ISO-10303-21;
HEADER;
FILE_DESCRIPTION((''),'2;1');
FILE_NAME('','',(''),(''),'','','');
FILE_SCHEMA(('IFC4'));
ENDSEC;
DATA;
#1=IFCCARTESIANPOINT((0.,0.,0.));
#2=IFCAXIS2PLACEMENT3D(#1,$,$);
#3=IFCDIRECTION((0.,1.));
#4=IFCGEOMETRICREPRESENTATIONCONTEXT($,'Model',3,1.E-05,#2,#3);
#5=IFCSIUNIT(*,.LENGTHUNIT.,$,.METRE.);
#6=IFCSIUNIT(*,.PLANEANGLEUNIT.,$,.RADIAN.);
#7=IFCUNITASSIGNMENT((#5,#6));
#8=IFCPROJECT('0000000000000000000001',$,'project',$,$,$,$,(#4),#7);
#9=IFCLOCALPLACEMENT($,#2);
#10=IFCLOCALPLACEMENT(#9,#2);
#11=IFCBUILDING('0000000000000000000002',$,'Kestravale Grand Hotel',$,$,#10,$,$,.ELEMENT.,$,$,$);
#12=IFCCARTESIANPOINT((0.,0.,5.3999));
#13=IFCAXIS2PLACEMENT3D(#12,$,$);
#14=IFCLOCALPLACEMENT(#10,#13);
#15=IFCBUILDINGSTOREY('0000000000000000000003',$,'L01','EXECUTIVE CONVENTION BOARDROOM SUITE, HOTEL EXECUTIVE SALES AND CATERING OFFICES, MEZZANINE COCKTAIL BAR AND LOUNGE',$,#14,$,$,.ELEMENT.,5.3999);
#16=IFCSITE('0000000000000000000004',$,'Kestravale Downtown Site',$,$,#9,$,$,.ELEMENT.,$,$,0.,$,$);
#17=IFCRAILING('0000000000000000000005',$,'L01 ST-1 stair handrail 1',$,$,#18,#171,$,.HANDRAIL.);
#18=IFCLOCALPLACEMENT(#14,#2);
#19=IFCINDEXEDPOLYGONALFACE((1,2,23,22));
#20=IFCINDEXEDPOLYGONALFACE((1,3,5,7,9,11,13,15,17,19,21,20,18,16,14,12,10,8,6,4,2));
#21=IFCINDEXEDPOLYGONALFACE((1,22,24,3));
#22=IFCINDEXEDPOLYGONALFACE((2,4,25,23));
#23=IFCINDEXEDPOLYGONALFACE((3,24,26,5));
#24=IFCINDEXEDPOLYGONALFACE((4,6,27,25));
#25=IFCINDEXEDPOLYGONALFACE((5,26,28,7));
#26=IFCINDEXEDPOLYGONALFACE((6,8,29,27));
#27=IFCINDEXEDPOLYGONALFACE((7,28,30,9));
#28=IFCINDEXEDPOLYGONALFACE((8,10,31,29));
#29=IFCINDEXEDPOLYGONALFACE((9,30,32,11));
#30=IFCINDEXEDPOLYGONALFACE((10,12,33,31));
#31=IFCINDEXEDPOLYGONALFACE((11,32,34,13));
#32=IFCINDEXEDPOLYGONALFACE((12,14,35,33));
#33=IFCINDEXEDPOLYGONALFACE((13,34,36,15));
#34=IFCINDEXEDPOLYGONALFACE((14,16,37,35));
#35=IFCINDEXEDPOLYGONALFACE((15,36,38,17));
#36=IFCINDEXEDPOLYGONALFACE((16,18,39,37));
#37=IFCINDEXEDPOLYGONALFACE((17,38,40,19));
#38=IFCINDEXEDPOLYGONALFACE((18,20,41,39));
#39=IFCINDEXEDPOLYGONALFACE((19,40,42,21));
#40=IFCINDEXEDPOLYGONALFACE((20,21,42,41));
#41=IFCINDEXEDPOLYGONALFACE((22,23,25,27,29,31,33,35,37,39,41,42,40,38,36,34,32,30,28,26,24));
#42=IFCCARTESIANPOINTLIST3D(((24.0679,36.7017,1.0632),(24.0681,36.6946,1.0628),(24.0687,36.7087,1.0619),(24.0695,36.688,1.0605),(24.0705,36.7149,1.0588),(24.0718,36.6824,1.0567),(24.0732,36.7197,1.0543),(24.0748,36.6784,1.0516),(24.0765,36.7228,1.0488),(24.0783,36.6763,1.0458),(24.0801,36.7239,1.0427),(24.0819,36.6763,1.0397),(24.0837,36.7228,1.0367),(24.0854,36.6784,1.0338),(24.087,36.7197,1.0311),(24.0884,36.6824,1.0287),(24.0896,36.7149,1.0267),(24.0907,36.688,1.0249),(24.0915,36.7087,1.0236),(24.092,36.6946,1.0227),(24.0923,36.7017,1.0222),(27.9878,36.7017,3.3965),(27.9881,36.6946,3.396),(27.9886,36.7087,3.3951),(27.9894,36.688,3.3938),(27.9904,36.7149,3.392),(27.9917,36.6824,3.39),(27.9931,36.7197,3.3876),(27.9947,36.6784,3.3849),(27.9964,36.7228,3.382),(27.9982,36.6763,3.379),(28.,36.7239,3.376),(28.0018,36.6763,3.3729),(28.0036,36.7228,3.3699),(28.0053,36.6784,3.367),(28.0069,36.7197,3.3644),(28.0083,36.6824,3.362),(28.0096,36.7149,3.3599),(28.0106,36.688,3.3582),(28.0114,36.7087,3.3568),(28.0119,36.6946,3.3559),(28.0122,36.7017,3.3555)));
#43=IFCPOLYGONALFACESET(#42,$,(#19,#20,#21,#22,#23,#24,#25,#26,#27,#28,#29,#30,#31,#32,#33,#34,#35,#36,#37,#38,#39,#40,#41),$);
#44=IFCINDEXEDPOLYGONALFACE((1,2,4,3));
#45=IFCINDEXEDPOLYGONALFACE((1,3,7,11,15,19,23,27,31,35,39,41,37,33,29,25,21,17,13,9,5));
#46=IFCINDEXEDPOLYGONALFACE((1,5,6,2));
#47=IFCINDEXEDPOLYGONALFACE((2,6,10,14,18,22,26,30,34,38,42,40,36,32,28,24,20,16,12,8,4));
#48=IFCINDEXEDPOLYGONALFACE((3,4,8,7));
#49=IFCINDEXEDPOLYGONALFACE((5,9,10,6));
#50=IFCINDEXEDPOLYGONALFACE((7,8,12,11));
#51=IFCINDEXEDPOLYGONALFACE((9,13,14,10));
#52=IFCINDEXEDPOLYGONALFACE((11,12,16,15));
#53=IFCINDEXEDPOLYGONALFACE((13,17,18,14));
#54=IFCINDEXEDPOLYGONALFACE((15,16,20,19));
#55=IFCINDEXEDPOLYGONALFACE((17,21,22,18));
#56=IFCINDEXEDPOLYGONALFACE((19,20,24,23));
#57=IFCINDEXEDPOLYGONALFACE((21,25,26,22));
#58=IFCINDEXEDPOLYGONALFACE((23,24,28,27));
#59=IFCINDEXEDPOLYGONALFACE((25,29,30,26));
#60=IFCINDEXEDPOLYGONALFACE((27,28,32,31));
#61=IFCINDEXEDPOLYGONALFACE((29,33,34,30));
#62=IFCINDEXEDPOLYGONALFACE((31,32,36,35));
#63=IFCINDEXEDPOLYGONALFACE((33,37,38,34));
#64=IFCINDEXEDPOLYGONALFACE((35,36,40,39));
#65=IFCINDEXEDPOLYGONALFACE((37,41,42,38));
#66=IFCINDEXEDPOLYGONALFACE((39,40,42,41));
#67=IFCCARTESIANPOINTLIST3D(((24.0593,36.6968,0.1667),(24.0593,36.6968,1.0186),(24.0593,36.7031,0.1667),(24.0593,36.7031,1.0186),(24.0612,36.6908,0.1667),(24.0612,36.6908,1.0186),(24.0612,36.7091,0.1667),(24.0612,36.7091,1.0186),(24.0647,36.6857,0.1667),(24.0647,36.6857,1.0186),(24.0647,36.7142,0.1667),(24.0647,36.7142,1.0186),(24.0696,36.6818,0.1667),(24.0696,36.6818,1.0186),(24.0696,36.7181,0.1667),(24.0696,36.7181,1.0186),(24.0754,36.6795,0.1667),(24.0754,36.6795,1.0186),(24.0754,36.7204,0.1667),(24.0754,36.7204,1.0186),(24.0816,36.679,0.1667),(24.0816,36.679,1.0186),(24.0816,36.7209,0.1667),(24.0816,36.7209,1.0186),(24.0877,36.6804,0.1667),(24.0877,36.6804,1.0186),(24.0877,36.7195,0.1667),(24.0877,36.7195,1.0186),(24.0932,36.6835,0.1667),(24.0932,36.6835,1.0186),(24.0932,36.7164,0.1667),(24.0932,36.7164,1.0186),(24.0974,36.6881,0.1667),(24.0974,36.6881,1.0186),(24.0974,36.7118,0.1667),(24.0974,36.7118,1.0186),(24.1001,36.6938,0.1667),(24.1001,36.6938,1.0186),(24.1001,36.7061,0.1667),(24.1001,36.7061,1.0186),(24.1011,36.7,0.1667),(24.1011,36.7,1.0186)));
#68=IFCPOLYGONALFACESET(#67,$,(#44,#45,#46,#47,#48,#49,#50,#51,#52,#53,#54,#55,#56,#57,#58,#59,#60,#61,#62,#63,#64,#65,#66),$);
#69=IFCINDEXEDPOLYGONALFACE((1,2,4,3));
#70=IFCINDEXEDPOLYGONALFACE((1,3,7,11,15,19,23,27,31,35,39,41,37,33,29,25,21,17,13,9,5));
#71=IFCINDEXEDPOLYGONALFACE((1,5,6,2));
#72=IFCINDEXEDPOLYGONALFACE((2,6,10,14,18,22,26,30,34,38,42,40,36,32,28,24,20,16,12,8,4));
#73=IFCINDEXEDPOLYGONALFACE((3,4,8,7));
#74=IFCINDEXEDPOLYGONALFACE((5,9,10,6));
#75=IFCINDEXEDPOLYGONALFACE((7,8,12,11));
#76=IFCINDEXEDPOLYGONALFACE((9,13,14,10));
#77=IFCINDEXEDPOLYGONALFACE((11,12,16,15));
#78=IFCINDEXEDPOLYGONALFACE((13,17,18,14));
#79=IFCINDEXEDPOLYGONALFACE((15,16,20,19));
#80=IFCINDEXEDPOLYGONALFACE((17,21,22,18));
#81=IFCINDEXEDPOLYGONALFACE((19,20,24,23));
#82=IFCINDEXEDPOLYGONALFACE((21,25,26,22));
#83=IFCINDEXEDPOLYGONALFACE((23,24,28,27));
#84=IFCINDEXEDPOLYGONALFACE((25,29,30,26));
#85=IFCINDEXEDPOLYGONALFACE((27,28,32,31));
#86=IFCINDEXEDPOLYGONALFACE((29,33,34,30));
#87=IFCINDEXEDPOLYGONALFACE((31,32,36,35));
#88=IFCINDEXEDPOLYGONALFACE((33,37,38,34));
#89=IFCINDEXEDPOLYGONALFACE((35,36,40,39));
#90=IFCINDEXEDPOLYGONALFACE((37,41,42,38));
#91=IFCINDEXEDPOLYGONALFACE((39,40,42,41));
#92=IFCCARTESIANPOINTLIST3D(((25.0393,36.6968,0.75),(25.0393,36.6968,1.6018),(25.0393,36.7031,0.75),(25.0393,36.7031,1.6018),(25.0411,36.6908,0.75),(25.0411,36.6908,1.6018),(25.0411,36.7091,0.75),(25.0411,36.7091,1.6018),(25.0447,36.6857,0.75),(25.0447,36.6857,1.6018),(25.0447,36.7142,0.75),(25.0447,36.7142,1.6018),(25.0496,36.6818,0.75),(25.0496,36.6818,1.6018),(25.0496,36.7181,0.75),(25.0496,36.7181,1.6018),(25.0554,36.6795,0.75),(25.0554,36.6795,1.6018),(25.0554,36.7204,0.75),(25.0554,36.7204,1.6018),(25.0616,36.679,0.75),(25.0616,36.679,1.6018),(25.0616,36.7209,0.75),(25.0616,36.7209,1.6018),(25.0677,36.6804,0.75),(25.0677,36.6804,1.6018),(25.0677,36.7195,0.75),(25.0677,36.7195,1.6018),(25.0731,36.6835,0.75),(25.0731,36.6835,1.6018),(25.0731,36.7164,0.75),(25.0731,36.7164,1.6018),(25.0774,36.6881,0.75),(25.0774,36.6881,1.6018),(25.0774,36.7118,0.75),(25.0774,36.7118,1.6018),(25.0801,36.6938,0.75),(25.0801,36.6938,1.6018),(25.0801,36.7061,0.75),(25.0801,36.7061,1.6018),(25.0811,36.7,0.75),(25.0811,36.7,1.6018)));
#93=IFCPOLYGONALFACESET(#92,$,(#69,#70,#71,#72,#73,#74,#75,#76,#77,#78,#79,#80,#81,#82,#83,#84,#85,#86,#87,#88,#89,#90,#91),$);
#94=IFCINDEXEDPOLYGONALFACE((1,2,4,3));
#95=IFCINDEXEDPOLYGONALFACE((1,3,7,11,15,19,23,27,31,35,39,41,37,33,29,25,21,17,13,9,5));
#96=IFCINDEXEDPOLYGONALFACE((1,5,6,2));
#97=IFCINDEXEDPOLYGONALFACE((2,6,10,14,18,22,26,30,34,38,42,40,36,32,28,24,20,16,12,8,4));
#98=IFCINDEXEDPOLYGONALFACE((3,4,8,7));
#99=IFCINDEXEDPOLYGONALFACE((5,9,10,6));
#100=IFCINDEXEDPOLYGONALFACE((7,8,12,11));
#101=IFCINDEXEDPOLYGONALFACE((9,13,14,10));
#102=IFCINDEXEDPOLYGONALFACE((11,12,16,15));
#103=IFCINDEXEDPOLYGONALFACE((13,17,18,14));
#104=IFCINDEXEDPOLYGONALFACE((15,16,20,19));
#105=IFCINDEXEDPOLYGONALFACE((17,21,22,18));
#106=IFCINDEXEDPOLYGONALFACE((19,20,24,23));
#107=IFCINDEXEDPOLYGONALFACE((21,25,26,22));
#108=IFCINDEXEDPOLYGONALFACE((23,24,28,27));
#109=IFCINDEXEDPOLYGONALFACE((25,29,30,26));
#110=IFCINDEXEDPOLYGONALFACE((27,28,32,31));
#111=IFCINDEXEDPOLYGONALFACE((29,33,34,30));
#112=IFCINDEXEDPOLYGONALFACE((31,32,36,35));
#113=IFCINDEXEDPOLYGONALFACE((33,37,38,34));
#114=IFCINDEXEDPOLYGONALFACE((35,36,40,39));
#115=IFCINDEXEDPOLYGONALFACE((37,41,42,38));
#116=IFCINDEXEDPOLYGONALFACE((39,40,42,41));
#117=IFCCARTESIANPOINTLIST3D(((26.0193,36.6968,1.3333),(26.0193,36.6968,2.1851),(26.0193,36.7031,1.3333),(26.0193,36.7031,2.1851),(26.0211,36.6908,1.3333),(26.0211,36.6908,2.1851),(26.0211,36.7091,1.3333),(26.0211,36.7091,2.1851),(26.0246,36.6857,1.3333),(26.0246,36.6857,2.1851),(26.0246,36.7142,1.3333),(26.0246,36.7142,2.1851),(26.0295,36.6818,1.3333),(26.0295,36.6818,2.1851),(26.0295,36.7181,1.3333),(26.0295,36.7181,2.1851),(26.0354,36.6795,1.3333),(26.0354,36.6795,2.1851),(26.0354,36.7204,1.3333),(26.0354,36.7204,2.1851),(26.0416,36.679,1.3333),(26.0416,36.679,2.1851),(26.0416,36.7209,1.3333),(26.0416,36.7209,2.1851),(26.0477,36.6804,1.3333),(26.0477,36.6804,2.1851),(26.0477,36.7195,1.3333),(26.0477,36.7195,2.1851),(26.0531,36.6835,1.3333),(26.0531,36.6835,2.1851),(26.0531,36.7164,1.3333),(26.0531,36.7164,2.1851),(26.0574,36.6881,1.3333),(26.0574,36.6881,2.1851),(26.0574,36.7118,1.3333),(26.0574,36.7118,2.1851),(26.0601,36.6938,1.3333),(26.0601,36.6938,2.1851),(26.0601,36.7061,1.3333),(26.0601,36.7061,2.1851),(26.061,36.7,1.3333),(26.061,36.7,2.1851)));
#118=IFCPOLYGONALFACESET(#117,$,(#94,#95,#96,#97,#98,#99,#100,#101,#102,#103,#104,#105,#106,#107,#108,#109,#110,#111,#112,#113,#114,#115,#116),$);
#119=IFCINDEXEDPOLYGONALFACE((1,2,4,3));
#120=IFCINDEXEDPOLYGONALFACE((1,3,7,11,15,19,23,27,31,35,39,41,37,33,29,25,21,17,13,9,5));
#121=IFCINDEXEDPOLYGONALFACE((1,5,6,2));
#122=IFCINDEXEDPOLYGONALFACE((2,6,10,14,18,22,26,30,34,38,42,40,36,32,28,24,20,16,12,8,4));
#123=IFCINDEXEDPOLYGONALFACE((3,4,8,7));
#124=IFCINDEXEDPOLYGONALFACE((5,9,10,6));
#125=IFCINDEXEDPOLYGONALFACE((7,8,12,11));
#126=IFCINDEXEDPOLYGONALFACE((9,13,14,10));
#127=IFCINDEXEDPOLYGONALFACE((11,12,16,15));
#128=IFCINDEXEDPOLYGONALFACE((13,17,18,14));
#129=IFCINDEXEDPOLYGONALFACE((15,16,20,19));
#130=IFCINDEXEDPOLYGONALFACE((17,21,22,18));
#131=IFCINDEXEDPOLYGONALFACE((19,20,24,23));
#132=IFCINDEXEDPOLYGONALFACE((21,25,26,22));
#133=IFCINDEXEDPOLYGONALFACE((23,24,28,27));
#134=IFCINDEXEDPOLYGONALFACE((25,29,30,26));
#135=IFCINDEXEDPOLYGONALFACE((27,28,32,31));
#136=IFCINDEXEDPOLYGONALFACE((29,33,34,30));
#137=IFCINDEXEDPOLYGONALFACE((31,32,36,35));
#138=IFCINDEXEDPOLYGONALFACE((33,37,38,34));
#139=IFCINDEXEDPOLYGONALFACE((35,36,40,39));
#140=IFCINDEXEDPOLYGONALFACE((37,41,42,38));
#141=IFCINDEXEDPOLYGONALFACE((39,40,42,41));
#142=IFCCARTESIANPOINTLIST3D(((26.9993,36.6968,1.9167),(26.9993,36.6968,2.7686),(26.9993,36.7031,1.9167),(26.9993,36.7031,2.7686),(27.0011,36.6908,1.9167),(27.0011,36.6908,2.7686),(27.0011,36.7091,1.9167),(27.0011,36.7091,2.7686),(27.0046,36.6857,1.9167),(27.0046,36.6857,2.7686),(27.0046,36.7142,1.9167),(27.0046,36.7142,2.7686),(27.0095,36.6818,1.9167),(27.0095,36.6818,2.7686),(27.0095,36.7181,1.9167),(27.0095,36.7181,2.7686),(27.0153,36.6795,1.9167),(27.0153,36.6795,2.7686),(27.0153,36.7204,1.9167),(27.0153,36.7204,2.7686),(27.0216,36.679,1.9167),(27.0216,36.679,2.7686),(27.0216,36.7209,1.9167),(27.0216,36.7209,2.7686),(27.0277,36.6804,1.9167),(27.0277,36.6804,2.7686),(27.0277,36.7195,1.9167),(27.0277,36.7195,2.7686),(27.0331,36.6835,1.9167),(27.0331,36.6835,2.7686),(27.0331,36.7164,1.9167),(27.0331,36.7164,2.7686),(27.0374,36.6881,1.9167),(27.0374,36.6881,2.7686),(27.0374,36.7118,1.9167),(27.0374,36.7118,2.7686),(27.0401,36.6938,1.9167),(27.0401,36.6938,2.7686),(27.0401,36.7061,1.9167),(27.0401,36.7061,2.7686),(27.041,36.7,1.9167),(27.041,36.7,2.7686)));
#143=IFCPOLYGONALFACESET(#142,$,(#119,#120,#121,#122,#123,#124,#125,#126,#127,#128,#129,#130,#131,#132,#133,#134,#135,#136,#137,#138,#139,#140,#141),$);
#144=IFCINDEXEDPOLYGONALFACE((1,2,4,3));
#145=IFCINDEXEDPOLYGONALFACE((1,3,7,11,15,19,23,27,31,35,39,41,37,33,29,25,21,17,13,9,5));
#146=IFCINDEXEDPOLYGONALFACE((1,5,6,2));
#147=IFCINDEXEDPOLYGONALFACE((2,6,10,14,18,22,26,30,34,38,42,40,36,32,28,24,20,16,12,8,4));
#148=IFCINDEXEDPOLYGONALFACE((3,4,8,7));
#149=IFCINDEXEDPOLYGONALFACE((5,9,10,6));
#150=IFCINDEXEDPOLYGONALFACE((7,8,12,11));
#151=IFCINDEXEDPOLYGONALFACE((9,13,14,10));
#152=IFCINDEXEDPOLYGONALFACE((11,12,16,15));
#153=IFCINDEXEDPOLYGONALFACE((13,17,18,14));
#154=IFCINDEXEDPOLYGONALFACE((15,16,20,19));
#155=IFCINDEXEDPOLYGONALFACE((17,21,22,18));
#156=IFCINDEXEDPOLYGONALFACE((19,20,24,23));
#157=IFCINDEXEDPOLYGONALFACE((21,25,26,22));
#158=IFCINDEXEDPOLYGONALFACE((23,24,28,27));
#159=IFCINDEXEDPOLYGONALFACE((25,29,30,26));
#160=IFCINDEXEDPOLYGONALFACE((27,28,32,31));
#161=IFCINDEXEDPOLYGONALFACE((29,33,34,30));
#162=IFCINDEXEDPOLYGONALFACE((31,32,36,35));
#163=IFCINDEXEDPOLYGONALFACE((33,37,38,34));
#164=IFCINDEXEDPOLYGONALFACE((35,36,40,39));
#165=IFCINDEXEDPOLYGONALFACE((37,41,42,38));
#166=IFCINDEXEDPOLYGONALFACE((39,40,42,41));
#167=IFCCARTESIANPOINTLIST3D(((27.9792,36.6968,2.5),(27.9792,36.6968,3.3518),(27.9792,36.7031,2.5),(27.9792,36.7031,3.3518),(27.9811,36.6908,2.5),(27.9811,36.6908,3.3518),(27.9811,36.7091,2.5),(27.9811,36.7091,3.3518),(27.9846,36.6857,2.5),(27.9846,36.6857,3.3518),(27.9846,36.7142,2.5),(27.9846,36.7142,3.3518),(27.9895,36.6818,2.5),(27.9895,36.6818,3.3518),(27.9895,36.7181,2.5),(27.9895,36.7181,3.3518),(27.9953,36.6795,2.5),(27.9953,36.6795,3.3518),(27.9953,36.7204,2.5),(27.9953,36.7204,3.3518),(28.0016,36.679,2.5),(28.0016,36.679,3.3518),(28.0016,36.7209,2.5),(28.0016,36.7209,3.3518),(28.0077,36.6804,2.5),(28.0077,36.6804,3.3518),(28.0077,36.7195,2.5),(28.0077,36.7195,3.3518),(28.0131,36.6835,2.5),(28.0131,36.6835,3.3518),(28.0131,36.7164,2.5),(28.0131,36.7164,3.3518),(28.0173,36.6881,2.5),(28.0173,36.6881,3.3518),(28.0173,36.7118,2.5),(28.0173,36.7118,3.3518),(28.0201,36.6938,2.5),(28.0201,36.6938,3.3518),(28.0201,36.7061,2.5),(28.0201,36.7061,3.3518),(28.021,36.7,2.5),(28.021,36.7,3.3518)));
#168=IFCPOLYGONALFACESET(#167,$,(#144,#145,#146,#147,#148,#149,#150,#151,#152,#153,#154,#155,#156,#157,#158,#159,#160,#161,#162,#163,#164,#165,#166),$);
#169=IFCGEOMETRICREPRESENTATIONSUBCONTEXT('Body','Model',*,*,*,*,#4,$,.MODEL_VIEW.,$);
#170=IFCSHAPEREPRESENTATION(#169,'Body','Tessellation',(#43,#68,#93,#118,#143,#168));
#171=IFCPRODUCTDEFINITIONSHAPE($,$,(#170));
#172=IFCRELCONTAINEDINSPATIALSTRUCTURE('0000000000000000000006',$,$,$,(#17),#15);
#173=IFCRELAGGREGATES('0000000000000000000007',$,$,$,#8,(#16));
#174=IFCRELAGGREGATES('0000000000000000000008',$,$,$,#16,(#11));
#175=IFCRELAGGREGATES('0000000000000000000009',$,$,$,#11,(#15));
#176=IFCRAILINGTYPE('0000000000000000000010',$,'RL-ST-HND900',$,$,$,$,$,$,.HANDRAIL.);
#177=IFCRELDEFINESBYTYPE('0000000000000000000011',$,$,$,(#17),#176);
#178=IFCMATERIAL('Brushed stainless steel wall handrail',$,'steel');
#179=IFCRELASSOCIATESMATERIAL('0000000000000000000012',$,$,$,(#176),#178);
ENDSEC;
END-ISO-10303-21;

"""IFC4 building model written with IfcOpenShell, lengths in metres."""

from ifc_helpers import new_model, si_unit, direction, frame, origin, origin_2d, place, context, subcontext, project, spatial, circle, extrude, material, type_object, element, save


model = new_model("IFC4")

# Units and contexts
model_context = context("Model", 3, precision=1e-05, world=origin(), true_north=direction((0.0, 1.0)))
body_context = subcontext(model_context, "Body", "Model", "MODEL_VIEW")
ifc_project = project(units=[si_unit("LENGTHUNIT", "METRE"), si_unit("PLANEANGLEUNIT", "RADIAN")], contexts=[model_context])

# Site, building, storey
site_placement = place(None, origin())
site = spatial("IfcSite", under=ifc_project, at=site_placement, Name="Kestravale Downtown Site", CompositionType="ELEMENT", RefElevation=0.0)
building_placement = place(site_placement, origin())
building = spatial("IfcBuilding", under=site, at=building_placement, Name="Kestravale Grand Hotel", CompositionType="ELEMENT")
storey_placement = place(building_placement, frame((0.0, 0.0, 5.3999)))
storey = spatial("IfcBuildingStorey", under=building, at=storey_placement, Name="L01", Description="EXECUTIVE CONVENTION BOARDROOM SUITE, HOTEL EXECUTIVE SALES AND CATERING OFFICES, MEZZANINE COCKTAIL BAR AND LOUNGE", CompositionType="ELEMENT", Elevation=5.3999)

# Railing
ifc_material_1 = material(Name="Brushed stainless steel wall handrail", Category="steel")
railing_type_1 = type_object("IfcRailingType", Name="RL-ST-HND900", PredefinedType="HANDRAIL", material=ifc_material_1)
railing_1_placement = place(storey_placement, frame((24.0801, 36.7, 0.1667)))
element("IfcRailing", 1, at=railing_1_placement, inside=storey, type_object=railing_type_1, Name="L01 ST-1 stair handrail 1", PredefinedType="HANDRAIL", context=body_context, shape_type="SweptSolid", body=[
    extrude(circle(Radius=0.0239, at=origin_2d()), frame((0.0, 0.0, 0.876), z_axis=(0.859296, 0.0, 0.511478), x_axis=(0.0, 1.0, 0.0)), (0.0, 0.0, 1.0), 4.5618),
    extrude(circle(Radius=0.021, at=origin_2d()), origin(), (0.0, 0.0, 1.0), 0.8518),
    extrude(circle(Radius=0.021, at=origin_2d()), frame((0.98, 0.0, 0.5833)), (0.0, 0.0, 1.0), 0.8518),
    extrude(circle(Radius=0.021, at=origin_2d()), frame((1.96, 0.0, 1.1665)), (0.0, 0.0, 1.0), 0.8518),
    extrude(circle(Radius=0.021, at=origin_2d()), frame((2.9399, 0.0, 1.75)), (0.0, 0.0, 1.0), 0.8518),
    extrude(circle(Radius=0.021, at=origin_2d()), frame((3.9199, 0.0, 2.3333)), (0.0, 0.0, 1.0), 0.8518),
])

save(model, "model.ifc")
